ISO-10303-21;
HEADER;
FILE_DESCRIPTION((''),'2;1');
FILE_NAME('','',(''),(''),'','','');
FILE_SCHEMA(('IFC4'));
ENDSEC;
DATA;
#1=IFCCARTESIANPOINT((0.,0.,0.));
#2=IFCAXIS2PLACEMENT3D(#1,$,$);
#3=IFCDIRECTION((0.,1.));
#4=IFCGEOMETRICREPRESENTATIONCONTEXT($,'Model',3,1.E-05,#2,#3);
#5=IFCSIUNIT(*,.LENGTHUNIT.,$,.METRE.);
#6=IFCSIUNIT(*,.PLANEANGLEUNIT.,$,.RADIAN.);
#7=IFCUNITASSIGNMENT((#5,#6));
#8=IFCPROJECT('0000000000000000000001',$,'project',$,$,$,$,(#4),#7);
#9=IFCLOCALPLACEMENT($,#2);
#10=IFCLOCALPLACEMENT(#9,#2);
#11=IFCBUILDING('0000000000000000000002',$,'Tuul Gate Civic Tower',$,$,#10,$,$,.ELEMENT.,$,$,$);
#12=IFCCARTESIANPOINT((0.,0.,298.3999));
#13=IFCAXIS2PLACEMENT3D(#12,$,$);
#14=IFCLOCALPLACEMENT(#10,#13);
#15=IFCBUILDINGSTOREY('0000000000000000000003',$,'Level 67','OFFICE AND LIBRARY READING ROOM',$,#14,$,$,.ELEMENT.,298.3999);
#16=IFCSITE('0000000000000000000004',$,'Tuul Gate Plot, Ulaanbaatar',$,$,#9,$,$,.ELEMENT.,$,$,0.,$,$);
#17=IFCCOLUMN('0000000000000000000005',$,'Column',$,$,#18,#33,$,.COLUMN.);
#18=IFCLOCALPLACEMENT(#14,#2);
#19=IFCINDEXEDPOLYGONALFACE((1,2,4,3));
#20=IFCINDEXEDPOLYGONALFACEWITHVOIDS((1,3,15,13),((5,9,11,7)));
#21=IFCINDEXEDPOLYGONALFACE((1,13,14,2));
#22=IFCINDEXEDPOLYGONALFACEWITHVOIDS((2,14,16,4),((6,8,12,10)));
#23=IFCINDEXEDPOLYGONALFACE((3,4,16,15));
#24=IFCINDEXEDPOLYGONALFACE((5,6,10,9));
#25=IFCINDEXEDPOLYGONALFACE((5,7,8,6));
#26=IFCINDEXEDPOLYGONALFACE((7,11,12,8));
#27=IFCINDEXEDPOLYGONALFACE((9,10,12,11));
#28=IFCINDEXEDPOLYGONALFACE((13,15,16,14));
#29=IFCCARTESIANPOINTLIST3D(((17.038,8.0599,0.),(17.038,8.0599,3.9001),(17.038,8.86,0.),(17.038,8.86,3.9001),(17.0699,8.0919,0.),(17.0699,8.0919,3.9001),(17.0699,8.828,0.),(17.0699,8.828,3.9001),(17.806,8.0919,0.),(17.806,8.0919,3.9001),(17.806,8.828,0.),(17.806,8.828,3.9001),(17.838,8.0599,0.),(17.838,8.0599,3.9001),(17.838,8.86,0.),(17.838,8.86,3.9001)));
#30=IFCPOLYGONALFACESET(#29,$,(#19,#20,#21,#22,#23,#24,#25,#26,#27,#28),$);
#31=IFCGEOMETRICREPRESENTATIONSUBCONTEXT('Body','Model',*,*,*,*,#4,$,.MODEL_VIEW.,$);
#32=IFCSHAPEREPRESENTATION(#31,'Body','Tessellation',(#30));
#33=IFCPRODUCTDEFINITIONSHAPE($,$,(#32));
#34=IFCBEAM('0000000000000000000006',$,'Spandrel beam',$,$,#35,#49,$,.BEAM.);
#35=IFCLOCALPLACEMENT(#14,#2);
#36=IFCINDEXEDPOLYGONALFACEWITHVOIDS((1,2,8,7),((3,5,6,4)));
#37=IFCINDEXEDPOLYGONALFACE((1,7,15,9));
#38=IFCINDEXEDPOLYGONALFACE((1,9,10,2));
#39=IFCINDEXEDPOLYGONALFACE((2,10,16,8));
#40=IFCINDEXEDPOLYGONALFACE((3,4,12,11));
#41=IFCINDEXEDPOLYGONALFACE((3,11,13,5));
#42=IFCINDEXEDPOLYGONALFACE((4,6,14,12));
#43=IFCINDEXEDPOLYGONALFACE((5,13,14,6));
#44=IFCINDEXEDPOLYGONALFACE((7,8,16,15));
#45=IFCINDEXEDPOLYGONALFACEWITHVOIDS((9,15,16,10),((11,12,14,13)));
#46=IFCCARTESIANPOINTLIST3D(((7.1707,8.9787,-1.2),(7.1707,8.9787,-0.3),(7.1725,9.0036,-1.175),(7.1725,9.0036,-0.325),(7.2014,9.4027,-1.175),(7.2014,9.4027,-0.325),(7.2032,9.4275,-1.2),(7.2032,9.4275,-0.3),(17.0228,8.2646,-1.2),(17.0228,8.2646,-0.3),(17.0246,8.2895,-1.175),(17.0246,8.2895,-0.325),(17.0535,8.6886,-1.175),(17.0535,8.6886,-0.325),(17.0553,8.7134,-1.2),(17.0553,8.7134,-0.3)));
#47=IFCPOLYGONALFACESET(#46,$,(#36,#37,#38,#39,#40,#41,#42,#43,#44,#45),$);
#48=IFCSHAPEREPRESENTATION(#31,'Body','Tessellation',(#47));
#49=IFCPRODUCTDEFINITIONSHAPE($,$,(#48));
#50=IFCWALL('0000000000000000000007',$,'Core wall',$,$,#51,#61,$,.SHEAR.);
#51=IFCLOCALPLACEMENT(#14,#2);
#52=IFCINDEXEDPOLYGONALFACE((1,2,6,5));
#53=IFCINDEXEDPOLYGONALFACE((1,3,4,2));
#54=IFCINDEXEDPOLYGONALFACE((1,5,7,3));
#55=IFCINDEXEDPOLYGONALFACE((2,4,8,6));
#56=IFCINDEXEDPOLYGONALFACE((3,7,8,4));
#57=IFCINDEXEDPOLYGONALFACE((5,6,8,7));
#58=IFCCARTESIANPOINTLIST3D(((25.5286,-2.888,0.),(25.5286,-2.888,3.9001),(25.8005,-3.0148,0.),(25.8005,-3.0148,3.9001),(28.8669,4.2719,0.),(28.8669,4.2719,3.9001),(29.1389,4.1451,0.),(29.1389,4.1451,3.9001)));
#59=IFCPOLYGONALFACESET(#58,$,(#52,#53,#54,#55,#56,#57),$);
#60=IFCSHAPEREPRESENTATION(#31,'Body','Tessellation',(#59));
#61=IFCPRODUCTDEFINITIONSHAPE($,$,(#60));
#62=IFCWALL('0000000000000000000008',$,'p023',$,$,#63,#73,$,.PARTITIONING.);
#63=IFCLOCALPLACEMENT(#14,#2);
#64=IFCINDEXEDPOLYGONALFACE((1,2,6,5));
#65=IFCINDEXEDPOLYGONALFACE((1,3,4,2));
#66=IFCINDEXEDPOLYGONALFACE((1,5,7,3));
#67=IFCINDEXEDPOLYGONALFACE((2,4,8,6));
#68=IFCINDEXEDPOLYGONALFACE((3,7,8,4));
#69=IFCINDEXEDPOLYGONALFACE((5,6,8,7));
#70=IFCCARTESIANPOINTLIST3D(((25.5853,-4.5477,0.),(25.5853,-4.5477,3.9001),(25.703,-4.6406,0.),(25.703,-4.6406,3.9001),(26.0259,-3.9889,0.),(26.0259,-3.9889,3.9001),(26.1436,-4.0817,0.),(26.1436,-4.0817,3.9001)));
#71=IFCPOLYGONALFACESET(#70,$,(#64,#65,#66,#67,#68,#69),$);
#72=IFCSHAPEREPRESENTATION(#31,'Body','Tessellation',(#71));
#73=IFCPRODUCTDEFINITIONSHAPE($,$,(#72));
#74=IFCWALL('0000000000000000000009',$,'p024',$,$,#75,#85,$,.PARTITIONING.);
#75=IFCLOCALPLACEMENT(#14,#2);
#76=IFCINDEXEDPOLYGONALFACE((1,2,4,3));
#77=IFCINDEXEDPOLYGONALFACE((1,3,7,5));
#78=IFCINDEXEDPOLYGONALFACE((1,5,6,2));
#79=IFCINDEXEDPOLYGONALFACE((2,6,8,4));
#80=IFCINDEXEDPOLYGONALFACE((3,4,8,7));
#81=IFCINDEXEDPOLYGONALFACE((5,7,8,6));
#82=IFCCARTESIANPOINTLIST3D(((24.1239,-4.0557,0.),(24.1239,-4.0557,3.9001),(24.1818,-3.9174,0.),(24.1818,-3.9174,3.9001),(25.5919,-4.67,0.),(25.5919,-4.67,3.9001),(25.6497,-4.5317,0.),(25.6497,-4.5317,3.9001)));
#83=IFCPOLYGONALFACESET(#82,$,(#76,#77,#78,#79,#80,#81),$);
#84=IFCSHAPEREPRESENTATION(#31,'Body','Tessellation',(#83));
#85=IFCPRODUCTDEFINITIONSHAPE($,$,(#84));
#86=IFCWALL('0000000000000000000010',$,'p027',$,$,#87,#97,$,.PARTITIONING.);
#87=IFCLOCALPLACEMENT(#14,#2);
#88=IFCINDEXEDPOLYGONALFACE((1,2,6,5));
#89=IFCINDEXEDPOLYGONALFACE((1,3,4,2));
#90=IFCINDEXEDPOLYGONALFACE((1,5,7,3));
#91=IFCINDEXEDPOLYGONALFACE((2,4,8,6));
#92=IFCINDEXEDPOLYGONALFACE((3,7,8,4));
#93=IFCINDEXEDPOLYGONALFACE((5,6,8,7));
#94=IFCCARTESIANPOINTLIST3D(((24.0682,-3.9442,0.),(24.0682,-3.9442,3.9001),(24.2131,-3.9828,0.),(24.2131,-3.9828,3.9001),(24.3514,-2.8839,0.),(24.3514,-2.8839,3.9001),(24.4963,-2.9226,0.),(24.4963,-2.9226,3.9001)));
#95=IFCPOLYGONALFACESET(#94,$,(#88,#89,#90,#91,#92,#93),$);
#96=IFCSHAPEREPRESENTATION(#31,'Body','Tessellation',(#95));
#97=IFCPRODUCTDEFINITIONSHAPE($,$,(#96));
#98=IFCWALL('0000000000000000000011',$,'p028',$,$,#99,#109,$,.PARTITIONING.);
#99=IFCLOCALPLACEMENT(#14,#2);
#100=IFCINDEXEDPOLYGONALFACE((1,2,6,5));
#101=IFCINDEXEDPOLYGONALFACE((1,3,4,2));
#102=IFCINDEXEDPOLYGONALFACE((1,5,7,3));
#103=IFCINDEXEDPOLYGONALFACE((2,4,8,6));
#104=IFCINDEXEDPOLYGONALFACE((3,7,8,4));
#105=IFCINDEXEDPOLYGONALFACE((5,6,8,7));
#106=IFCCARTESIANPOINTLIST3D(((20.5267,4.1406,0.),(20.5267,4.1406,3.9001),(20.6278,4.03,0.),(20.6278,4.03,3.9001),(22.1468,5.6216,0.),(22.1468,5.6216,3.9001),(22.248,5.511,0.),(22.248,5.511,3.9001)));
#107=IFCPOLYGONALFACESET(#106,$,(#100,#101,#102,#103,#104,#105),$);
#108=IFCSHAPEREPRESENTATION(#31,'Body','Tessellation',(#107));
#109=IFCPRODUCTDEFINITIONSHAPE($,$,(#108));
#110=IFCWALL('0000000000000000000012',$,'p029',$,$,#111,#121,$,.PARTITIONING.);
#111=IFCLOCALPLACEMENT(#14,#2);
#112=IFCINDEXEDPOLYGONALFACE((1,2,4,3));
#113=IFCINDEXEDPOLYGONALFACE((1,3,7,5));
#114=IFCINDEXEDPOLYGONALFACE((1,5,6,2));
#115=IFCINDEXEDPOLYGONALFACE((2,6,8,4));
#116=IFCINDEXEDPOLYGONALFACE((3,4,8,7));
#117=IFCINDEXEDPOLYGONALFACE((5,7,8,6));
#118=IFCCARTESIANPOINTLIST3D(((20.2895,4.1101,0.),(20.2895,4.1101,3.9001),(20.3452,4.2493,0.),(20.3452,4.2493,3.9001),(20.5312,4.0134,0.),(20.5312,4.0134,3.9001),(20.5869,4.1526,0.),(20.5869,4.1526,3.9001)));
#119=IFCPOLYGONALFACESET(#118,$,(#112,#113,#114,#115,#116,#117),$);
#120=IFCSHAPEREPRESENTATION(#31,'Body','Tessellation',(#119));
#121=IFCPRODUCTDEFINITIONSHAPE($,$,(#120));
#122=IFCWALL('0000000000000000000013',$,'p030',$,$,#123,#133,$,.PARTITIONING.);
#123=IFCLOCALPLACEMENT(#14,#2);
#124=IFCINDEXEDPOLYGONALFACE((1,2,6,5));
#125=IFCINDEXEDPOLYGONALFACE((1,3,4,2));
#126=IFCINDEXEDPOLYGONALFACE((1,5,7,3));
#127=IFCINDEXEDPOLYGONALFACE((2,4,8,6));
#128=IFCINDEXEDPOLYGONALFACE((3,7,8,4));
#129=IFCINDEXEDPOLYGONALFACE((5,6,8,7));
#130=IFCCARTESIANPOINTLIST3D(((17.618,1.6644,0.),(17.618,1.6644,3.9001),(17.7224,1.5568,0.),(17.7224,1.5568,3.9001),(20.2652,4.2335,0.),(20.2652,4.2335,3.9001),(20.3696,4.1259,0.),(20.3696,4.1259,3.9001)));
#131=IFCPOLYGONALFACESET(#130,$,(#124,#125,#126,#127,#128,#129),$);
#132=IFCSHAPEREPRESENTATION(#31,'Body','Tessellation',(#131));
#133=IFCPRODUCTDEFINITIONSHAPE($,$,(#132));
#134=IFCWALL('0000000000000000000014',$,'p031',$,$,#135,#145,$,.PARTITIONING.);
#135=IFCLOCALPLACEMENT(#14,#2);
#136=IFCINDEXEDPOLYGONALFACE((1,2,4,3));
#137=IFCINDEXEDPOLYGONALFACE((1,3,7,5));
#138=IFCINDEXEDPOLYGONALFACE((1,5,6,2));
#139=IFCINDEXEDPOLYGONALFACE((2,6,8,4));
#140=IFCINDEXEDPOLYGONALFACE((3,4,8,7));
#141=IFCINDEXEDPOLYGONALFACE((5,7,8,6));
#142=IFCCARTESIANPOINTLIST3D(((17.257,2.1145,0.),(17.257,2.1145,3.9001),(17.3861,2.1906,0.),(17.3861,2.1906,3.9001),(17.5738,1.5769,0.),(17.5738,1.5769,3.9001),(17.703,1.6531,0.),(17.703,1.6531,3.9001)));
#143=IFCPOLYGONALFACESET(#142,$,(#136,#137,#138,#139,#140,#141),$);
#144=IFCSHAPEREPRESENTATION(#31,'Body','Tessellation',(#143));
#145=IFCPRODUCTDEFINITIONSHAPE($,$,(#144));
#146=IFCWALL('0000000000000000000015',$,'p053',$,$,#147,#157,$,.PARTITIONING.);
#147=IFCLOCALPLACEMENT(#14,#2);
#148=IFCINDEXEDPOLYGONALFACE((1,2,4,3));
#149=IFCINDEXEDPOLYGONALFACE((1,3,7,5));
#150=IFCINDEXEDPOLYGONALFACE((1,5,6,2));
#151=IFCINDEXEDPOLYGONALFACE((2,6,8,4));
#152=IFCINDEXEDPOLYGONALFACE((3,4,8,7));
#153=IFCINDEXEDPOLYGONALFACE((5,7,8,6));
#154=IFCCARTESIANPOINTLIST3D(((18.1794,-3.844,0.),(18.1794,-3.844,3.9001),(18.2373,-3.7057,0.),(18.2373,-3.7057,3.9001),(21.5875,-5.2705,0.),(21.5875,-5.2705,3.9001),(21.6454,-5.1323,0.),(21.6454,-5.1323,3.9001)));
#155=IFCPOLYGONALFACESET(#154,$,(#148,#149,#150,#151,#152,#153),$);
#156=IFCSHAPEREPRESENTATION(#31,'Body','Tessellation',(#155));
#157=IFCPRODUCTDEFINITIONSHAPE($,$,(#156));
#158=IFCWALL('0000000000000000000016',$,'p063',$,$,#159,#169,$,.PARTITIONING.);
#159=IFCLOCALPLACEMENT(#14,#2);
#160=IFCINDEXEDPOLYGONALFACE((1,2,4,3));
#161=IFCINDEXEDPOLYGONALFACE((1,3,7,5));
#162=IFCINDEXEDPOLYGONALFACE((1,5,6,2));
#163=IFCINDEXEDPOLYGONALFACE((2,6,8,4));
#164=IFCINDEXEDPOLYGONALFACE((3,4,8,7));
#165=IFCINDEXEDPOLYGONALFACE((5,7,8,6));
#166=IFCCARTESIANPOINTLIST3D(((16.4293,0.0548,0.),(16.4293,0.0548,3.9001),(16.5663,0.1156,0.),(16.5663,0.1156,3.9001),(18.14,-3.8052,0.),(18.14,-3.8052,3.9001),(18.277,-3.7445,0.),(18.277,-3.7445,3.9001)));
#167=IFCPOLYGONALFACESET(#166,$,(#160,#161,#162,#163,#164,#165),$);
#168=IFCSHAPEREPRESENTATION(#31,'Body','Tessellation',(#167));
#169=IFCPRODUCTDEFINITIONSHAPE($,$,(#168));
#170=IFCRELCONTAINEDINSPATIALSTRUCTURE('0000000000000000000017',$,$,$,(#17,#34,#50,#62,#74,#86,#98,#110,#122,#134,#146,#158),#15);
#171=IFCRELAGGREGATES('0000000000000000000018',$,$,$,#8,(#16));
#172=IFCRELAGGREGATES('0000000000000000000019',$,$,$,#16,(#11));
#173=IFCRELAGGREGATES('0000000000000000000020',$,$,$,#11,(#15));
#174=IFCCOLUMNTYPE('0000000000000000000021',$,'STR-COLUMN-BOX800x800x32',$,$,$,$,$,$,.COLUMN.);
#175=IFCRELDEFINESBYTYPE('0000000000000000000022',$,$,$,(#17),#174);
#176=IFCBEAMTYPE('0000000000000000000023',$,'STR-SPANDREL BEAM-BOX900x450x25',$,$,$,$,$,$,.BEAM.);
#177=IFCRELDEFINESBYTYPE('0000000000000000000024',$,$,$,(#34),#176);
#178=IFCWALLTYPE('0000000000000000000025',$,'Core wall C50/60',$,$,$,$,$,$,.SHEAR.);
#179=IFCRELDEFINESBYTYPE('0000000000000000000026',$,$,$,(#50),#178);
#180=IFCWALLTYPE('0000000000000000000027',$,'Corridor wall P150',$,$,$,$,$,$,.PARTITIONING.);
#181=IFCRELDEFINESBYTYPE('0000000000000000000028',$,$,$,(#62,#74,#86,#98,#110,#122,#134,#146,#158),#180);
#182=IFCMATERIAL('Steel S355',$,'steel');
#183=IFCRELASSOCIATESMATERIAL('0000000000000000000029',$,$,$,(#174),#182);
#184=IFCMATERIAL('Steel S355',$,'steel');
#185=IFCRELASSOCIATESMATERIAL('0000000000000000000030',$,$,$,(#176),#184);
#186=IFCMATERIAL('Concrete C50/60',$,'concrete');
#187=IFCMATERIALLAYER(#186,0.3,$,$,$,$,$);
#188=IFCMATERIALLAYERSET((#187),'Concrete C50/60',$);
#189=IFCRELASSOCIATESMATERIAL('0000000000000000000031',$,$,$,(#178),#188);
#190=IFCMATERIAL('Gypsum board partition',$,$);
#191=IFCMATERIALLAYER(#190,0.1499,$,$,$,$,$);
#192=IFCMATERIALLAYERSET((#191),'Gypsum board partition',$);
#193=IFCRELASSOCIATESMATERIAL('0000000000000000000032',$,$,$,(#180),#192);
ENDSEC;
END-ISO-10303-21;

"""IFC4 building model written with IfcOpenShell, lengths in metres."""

from ifc_helpers import new_model, si_unit, direction, frame, frame_2d, origin, origin_2d, place, context, subcontext, project, spatial, rectangle, hollow_rectangle, extrude, material, layer, layer_set, material_profile, profile_set, type_object, element, save


model = new_model("IFC4")

# Units and contexts
model_context = context("Model", 3, precision=1e-05, world=origin(), true_north=direction((0.0, 1.0)))
body_context = subcontext(model_context, "Body", "Model", "MODEL_VIEW")
ifc_project = project(units=[si_unit("LENGTHUNIT", "METRE"), si_unit("PLANEANGLEUNIT", "RADIAN")], contexts=[model_context])

# Site, building, storey
site_placement = place(None, origin())
site = spatial("IfcSite", under=ifc_project, at=site_placement, Name="Tuul Gate Plot, Ulaanbaatar", CompositionType="ELEMENT", RefElevation=0.0)
building_placement = place(site_placement, origin())
building = spatial("IfcBuilding", under=site, at=building_placement, Name="Tuul Gate Civic Tower", CompositionType="ELEMENT")
storey_placement = place(building_placement, frame((0.0, 0.0, 298.3999)))
storey = spatial("IfcBuildingStorey", under=building, at=storey_placement, Name="Level 67", Description="OFFICE AND LIBRARY READING ROOM", CompositionType="ELEMENT", Elevation=298.3999)

# Column
ifc_material_1 = material(Name="Steel S355", Category="steel")
ifc_material_profile_1 = material_profile(ifc_material_1, hollow_rectangle(XDim=0.8, YDim=0.8, WallThickness=0.032, at=origin_2d()), Name="BOX800x800x32")
ifc_profile_set_1 = profile_set([ifc_material_profile_1], Name="Steel S355")
column_type = type_object("IfcColumnType", Name="STR-COLUMN-BOX800x800x32", PredefinedType="COLUMN", material=ifc_profile_set_1)
column_placement = place(storey_placement, frame((17.438, 8.46, 0.0), z_axis=(0.0, 0.0, 1.0), x_axis=(1.0, 0.0, 0.0)))
element("IfcColumn", 1, at=column_placement, inside=storey, type_object=column_type, Name="Column", PredefinedType="COLUMN", context=body_context, shape_type="SweptSolid", body=[
    extrude(hollow_rectangle(XDim=0.8, YDim=0.8, WallThickness=0.032, at=origin_2d()), origin(), (0.0, 0.0, 1.0), 3.9001),
])

# Beam
ifc_material_2 = material(Name="Steel S355", Category="steel")
ifc_material_profile_2 = material_profile(ifc_material_2, hollow_rectangle(XDim=0.45, YDim=0.8999, WallThickness=0.0249, at=origin_2d()), Name="BOX900x450x25")
ifc_profile_set_2 = profile_set([ifc_material_profile_2], Name="Steel S355")
beam_type = type_object("IfcBeamType", Name="STR-SPANDREL BEAM-BOX900x450x25", PredefinedType="BEAM", material=ifc_profile_set_2)
beam_placement = place(storey_placement, frame((17.0391, 8.489, -0.75), z_axis=(-0.997383, 0.072294, 0.0), x_axis=(-0.072294, -0.997383, 0.0)))
element("IfcBeam", 2, at=beam_placement, inside=storey, type_object=beam_type, Name="Spandrel beam", PredefinedType="BEAM", context=body_context, shape_type="SweptSolid", body=[
    extrude(hollow_rectangle(XDim=0.45, YDim=0.8999, WallThickness=0.0249, at=origin_2d()), origin(), (0.0, 0.0, 1.0), 9.8779),
])

# Walls
ifc_material_3 = material(Name="Concrete C50/60", Category="concrete")
ifc_layer_1 = layer(ifc_material_3, 0.3)
ifc_layer_set_1 = layer_set([ifc_layer_1], Name="Concrete C50/60")
wall_type_1 = type_object("IfcWallType", Name="Core wall C50/60", PredefinedType="SHEAR", material=ifc_layer_set_1)
wall_1_placement = place(storey_placement, frame((25.6646, -2.9514, 0.0), z_axis=(0.0, 0.0, 1.0), x_axis=(0.422583, 0.906324, 0.0)))
element("IfcWall", 3, at=wall_1_placement, inside=storey, type_object=wall_type_1, Name="Core wall", PredefinedType="SHEAR", context=body_context, shape_type="SweptSolid", body=[
    extrude(rectangle(XDim=7.8999, YDim=0.3, at=frame_2d((3.95, 0.0))), origin(), (0.0, 0.0, 1.0), 3.9001),
])
ifc_material_4 = material(Name="Gypsum board partition")
ifc_layer_2 = layer(ifc_material_4, 0.1499)
ifc_layer_set_2 = layer_set([ifc_layer_2], Name="Gypsum board partition")
wall_type_2 = type_object("IfcWallType", Name="Corridor wall P150", PredefinedType="PARTITIONING", material=ifc_layer_set_2)
wall_2_placement = place(storey_placement, frame((25.644, -4.5942, 0.0), z_axis=(0.0, 0.0, 1.0), x_axis=(0.619199, 0.785234, 0.0)))
element("IfcWall", 4, at=wall_2_placement, inside=storey, type_object=wall_type_2, Name="p023", PredefinedType="PARTITIONING", context=body_context, shape_type="SweptSolid", body=[
    extrude(rectangle(XDim=0.7117, YDim=0.1499, at=frame_2d((0.356, 0.0))), origin(), (0.0, 0.0, 1.0), 3.9001),
])
wall_3_placement = place(storey_placement, frame((24.1528, -3.9866, 0.0), z_axis=(0.0, 0.0, 1.0), x_axis=(0.922499, -0.385998, 0.0)))
element("IfcWall", 5, at=wall_3_placement, inside=storey, type_object=wall_type_2, Name="p024", PredefinedType="PARTITIONING", context=body_context, shape_type="SweptSolid", body=[
    extrude(rectangle(XDim=1.5913, YDim=0.1499, at=frame_2d((0.7957, 0.0))), origin(), (0.0, 0.0, 1.0), 3.9001),
])
wall_4_placement = place(storey_placement, frame((24.1406, -3.9636, 0.0), z_axis=(0.0, 0.0, 1.0), x_axis=(0.25805, 0.966131, 0.0)))
element("IfcWall", 6, at=wall_4_placement, inside=storey, type_object=wall_type_2, Name="p027", PredefinedType="PARTITIONING", context=body_context, shape_type="SweptSolid", body=[
    extrude(rectangle(XDim=1.0974, YDim=0.1499, at=frame_2d((0.5488, 0.0))), origin(), (0.0, 0.0, 1.0), 3.9001),
])
wall_5_placement = place(storey_placement, frame((20.5771, 4.0852, 0.0), z_axis=(0.0, 0.0, 1.0), x_axis=(0.738095, 0.674696, 0.0)))
element("IfcWall", 7, at=wall_5_placement, inside=storey, type_object=wall_type_2, Name="p028", PredefinedType="PARTITIONING", context=body_context, shape_type="SweptSolid", body=[
    extrude(rectangle(XDim=2.1951, YDim=0.1499, at=frame_2d((1.0977, 0.0))), origin(), (0.0, 0.0, 1.0), 3.9001),
])
wall_6_placement = place(storey_placement, frame((20.3174, 4.1797, 0.0), z_axis=(0.0, 0.0, 1.0), x_axis=(0.928477, -0.371391, 0.0)))
element("IfcWall", 8, at=wall_6_placement, inside=storey, type_object=wall_type_2, Name="p029", PredefinedType="PARTITIONING", context=body_context, shape_type="SweptSolid", body=[
    extrude(rectangle(XDim=0.2603, YDim=0.1499, at=frame_2d((0.1301, 0.0))), origin(), (0.0, 0.0, 1.0), 3.9001),
])
wall_7_placement = place(storey_placement, frame((17.6702, 1.6106, 0.0), z_axis=(0.0, 0.0, 1.0), x_axis=(0.717617, 0.696438, 0.0)))
element("IfcWall", 9, at=wall_7_placement, inside=storey, type_object=wall_type_2, Name="p030", PredefinedType="PARTITIONING", context=body_context, shape_type="SweptSolid", body=[
    extrude(rectangle(XDim=3.689, YDim=0.1499, at=frame_2d((1.8445, 0.0))), origin(), (0.0, 0.0, 1.0), 3.9001),
])
wall_8_placement = place(storey_placement, frame((17.3215, 2.1526, 0.0), z_axis=(0.0, 0.0, 1.0), x_axis=(0.507806, -0.861471, 0.0)))
element("IfcWall", 10, at=wall_8_placement, inside=storey, type_object=wall_type_2, Name="p031", PredefinedType="PARTITIONING", context=body_context, shape_type="SweptSolid", body=[
    extrude(rectangle(XDim=0.624, YDim=0.1499, at=frame_2d((0.312, 0.0))), origin(), (0.0, 0.0, 1.0), 3.9001),
])
wall_9_placement = place(storey_placement, frame((18.2085, -3.7749, 0.0), z_axis=(0.0, 0.0, 1.0), x_axis=(0.922448, -0.386121, 0.0)))
element("IfcWall", 11, at=wall_9_placement, inside=storey, type_object=wall_type_2, Name="p053", PredefinedType="PARTITIONING", context=body_context, shape_type="SweptSolid", body=[
    extrude(rectangle(XDim=3.6946, YDim=0.1499, at=frame_2d((1.8472, 0.0))), origin(), (0.0, 0.0, 1.0), 3.9001),
])
wall_10_placement = place(storey_placement, frame((16.4978, 0.0852, 0.0), z_axis=(0.0, 0.0, 1.0), x_axis=(0.405167, -0.914243, 0.0)))
element("IfcWall", 12, at=wall_10_placement, inside=storey, type_object=wall_type_2, Name="p063", PredefinedType="PARTITIONING", context=body_context, shape_type="SweptSolid", body=[
    extrude(rectangle(XDim=4.2222, YDim=0.1499, at=frame_2d((2.1111, 0.0))), origin(), (0.0, 0.0, 1.0), 3.9001),
])

save(model, "model.ifc")
